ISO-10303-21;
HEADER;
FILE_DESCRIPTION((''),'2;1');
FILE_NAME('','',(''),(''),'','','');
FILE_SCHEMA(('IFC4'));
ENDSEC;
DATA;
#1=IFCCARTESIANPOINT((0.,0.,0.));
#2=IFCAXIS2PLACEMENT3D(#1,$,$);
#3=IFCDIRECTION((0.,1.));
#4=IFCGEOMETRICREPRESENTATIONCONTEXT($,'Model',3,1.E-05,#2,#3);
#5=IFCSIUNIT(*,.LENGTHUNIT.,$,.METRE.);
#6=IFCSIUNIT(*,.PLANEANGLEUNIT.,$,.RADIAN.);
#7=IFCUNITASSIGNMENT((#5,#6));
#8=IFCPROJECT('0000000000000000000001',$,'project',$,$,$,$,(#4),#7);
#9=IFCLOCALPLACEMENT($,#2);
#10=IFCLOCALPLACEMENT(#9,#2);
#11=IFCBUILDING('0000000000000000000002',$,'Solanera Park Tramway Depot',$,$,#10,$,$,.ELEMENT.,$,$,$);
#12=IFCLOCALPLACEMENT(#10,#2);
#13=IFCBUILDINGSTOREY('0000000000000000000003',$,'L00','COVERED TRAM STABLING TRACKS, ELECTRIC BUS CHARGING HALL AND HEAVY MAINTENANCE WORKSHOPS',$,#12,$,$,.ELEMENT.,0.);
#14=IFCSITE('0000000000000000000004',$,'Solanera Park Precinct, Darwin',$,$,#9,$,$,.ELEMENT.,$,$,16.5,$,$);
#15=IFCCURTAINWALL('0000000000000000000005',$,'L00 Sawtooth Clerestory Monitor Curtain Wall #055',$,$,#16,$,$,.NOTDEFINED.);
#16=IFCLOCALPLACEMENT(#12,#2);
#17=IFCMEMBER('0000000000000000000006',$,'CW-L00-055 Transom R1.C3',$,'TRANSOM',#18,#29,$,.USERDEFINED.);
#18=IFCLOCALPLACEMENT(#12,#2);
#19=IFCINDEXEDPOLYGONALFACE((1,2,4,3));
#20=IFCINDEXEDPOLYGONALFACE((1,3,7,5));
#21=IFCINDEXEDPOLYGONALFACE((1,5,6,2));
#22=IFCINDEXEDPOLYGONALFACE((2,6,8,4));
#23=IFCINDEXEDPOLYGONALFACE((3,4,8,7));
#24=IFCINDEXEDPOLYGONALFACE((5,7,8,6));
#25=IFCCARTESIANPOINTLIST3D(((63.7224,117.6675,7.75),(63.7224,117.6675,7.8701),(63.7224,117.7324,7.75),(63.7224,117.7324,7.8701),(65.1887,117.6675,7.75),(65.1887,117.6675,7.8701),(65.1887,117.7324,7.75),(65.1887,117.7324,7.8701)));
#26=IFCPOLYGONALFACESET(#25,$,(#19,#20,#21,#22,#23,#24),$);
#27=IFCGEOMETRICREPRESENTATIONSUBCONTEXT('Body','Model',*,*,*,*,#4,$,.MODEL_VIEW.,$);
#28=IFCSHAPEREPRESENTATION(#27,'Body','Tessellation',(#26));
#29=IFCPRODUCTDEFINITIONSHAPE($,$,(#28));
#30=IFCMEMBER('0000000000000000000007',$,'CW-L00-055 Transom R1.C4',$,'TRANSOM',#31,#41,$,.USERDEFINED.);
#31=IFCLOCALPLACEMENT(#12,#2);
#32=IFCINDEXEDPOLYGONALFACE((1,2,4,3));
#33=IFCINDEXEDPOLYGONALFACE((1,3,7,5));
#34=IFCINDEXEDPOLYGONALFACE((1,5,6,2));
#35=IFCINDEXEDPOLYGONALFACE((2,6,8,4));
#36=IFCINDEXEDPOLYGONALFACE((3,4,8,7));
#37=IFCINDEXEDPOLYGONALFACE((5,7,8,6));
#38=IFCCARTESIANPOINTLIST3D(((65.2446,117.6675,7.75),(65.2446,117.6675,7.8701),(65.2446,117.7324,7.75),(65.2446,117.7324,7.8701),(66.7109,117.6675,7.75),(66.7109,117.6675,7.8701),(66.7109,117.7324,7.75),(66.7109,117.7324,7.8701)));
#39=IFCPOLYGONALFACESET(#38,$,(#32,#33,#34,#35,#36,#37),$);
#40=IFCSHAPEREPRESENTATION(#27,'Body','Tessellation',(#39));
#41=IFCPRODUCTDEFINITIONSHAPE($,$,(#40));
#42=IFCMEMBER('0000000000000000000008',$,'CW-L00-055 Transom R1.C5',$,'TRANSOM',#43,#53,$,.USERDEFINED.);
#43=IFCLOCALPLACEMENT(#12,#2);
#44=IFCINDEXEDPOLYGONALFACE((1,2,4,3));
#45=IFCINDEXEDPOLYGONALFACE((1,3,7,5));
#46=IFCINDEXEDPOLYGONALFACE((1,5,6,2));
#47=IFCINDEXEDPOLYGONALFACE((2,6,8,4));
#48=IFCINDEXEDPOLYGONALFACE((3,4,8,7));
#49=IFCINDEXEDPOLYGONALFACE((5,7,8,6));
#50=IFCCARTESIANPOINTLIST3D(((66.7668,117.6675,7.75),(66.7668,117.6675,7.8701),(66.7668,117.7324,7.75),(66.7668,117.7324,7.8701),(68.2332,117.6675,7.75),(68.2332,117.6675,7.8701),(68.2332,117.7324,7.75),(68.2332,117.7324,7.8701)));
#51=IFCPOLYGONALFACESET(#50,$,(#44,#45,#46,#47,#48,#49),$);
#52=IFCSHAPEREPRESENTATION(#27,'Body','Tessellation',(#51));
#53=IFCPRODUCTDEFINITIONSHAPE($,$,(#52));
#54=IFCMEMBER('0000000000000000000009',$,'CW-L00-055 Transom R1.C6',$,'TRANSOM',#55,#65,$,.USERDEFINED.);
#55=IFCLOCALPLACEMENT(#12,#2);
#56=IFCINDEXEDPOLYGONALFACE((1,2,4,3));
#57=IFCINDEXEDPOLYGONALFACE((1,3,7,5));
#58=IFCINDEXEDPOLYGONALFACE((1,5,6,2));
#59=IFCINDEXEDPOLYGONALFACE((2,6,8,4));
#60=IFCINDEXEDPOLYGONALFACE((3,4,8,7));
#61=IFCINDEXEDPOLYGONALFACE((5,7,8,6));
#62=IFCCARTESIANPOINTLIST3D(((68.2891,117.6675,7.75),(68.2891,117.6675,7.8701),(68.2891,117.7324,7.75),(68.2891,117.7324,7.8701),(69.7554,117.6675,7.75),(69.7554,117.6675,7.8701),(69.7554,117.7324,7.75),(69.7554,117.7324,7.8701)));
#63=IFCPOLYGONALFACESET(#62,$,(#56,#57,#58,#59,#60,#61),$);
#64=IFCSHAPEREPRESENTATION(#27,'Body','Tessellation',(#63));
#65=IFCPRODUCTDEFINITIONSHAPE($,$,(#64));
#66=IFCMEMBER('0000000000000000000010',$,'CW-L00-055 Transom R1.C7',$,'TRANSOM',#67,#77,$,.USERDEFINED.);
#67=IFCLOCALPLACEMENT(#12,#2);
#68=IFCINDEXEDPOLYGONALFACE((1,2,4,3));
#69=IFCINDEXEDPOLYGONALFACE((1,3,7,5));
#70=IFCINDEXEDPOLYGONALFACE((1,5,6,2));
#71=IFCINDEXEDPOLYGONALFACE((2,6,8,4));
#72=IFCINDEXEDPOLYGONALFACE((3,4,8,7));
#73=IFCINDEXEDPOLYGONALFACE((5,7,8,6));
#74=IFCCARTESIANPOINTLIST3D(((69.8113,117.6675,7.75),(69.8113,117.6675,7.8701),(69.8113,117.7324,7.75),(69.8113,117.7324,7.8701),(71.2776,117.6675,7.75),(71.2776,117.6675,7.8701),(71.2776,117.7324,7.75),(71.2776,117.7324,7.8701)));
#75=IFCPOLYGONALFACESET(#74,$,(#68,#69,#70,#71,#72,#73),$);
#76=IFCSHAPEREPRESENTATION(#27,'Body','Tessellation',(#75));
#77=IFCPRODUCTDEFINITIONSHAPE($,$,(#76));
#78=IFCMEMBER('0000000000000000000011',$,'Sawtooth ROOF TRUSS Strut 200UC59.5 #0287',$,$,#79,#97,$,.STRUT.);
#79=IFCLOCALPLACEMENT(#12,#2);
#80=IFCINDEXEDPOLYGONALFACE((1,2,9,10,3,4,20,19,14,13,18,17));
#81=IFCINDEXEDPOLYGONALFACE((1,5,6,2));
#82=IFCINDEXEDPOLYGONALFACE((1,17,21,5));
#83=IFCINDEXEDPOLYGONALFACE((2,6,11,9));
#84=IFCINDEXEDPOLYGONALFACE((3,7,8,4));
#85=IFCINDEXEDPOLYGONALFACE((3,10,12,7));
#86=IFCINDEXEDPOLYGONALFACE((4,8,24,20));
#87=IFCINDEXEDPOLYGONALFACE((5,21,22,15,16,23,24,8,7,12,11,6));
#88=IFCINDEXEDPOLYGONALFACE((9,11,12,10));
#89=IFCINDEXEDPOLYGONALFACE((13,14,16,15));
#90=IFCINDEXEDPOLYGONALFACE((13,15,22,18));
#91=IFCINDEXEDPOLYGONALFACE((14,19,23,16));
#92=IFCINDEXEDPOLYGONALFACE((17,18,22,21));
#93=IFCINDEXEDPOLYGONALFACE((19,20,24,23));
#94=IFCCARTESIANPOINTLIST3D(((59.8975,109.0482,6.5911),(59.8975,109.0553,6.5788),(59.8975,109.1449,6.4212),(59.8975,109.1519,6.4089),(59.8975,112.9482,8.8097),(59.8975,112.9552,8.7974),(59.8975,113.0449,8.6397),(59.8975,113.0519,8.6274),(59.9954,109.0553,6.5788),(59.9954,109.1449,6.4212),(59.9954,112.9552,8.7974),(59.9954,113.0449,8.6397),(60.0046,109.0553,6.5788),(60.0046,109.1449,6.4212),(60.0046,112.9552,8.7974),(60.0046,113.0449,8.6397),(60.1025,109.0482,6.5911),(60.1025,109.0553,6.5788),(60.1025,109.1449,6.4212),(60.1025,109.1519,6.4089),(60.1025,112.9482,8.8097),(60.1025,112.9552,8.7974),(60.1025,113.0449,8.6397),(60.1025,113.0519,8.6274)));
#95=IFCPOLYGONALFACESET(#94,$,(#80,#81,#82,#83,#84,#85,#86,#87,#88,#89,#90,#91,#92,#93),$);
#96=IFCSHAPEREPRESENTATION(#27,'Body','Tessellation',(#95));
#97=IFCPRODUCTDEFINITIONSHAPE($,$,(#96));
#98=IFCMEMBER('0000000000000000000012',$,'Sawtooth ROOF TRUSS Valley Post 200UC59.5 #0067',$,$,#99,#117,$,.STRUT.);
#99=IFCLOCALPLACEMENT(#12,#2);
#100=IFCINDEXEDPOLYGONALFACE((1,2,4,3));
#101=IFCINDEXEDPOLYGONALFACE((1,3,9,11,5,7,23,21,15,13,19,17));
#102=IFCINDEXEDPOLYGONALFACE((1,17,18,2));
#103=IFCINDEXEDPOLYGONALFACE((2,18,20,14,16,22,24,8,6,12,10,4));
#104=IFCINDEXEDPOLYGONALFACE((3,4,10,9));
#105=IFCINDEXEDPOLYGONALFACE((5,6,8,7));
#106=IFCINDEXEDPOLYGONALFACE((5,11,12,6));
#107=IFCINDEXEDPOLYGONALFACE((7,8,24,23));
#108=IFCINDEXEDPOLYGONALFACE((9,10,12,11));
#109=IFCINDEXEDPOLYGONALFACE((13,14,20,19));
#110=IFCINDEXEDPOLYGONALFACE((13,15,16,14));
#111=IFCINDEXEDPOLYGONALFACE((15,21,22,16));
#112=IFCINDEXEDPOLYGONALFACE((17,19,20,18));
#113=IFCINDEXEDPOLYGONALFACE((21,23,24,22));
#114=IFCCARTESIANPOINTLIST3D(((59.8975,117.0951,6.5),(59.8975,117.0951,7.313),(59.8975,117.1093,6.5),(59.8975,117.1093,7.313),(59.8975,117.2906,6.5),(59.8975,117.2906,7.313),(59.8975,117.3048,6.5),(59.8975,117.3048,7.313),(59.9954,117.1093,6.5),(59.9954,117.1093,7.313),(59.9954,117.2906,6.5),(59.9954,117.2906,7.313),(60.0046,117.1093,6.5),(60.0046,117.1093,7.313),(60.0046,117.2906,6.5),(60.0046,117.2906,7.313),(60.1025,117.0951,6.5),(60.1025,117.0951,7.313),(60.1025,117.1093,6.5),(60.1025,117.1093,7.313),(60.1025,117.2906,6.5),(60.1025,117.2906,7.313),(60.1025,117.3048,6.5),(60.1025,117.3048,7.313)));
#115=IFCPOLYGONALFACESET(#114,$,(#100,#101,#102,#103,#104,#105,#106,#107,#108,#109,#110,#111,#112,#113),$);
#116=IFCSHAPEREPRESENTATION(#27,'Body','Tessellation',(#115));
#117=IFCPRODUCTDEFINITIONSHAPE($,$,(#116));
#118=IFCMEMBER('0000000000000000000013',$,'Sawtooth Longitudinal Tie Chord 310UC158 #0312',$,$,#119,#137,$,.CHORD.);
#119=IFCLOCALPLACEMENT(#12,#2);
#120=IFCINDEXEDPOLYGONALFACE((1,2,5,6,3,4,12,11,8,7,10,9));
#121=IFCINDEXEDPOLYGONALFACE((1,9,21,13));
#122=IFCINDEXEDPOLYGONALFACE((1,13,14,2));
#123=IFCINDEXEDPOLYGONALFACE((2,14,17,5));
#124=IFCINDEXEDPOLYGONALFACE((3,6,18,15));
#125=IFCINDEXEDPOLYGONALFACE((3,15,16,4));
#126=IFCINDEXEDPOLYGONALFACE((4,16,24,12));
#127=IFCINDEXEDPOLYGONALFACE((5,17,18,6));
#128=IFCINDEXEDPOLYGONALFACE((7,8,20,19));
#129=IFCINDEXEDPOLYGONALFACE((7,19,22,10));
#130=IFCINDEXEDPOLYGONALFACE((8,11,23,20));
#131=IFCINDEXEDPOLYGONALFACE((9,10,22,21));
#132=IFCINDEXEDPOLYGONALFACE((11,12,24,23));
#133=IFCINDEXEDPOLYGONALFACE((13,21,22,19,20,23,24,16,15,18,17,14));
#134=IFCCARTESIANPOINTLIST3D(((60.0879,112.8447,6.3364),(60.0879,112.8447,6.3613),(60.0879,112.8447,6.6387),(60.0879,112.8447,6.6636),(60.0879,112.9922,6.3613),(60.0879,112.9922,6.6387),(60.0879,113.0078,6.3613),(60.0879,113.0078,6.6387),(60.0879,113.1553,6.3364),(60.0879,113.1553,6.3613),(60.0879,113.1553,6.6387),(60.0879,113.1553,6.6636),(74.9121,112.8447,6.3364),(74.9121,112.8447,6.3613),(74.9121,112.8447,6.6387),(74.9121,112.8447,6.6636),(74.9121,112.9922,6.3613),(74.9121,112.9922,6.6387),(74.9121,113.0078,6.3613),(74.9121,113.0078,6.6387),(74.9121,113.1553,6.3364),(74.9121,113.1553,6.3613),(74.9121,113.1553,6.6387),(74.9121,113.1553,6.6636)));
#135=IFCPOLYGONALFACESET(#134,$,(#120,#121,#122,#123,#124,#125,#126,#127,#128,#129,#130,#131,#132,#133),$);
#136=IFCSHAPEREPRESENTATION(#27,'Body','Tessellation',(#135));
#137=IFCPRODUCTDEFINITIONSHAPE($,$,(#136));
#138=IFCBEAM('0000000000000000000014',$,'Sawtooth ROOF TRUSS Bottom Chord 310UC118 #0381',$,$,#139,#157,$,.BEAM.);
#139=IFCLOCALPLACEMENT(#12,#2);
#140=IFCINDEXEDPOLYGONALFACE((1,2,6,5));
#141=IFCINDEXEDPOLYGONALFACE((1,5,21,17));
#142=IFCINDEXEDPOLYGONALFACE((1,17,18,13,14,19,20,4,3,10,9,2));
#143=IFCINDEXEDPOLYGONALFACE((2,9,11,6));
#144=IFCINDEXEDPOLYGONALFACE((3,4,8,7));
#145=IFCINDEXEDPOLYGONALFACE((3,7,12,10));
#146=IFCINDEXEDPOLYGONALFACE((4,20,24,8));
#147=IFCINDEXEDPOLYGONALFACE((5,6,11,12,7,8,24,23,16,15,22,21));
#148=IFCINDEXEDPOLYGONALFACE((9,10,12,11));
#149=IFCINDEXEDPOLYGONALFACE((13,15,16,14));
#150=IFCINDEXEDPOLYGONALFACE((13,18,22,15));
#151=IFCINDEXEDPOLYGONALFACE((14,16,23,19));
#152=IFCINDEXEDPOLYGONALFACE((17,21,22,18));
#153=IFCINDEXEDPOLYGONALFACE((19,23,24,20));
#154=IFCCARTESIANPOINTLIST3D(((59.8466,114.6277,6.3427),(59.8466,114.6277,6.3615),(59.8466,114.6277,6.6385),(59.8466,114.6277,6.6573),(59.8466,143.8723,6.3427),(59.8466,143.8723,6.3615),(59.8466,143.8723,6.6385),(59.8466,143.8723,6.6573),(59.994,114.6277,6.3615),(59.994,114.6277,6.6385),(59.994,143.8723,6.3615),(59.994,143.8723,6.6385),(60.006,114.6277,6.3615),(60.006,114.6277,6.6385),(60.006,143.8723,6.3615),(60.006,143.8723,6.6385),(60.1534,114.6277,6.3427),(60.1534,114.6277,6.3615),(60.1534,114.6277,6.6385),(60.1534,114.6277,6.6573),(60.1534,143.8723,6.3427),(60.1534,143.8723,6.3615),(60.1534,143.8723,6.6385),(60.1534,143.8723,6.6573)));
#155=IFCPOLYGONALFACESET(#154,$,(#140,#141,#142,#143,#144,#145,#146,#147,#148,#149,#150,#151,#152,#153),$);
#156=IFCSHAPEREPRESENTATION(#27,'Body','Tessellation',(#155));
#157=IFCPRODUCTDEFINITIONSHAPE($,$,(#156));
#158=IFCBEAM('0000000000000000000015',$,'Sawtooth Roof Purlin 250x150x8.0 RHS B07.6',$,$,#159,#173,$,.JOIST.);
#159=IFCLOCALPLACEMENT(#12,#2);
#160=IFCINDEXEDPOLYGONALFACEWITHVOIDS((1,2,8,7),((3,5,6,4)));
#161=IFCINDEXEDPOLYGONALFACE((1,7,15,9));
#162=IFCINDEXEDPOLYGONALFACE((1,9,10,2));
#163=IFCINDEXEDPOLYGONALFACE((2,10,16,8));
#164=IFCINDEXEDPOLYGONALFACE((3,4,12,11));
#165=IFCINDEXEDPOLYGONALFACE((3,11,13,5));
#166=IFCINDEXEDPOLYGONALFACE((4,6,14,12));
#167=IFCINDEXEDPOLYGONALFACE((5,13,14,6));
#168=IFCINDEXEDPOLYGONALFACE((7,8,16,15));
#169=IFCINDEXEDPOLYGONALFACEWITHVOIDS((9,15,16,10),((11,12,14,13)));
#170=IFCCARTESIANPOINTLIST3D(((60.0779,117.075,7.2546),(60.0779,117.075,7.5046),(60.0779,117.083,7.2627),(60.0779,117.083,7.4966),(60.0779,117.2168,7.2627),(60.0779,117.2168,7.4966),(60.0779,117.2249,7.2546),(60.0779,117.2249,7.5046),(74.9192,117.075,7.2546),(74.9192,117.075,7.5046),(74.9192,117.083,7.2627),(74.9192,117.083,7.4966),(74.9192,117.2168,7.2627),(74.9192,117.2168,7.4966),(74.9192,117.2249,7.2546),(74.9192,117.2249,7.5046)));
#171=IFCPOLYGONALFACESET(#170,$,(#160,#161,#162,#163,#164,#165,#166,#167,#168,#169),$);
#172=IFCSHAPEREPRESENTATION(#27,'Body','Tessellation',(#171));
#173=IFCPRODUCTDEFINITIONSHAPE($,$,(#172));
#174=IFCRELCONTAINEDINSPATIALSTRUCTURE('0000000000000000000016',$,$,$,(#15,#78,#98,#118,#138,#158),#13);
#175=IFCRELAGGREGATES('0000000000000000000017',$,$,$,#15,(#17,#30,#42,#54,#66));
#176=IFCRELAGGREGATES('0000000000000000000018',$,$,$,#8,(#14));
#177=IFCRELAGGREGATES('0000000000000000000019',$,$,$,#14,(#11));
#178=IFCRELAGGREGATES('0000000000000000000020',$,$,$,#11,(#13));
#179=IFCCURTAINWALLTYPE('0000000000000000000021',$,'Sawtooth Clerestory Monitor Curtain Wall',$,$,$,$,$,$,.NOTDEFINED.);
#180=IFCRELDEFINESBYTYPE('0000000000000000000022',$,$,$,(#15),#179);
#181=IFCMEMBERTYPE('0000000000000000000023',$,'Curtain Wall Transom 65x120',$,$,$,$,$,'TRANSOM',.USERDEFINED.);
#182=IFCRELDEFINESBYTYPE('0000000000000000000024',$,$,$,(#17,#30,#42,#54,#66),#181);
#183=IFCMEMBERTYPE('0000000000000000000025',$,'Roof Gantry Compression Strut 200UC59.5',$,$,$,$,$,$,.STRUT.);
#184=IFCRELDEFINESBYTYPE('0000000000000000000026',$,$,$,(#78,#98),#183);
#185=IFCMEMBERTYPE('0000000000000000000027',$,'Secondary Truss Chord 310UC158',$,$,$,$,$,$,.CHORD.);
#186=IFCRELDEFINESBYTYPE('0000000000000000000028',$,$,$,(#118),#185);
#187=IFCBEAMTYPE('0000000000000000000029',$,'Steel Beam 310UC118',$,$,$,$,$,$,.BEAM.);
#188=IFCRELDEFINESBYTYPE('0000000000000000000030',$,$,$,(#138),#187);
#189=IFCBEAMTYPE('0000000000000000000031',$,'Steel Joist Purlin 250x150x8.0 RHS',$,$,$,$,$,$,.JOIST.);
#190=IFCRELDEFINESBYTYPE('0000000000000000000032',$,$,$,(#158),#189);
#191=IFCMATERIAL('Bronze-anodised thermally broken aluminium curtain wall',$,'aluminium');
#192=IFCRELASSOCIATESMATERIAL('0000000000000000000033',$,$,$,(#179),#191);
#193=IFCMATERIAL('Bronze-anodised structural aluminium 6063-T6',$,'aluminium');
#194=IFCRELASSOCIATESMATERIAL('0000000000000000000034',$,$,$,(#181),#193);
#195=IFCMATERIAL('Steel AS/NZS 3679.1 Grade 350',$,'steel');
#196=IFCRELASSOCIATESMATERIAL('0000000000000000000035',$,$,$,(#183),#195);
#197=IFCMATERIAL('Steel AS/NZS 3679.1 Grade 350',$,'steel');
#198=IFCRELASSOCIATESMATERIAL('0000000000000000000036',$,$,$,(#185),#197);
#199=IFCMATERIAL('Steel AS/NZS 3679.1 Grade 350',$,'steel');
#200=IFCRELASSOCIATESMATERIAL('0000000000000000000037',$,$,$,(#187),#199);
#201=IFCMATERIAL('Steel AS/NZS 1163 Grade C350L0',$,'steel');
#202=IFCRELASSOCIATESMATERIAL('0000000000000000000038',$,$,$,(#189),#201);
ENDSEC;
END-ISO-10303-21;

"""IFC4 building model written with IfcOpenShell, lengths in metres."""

from ifc_helpers import new_model, si_unit, direction, frame, origin, origin_2d, place, context, subcontext, project, spatial, rectangle, hollow_rectangle, i_section, extrude, material, material_profile, profile_set, type_object, element, aggregate, save


model = new_model("IFC4")

# Units and contexts
model_context = context("Model", 3, precision=1e-05, world=origin(), true_north=direction((0.0, 1.0)))
body_context = subcontext(model_context, "Body", "Model", "MODEL_VIEW")
ifc_project = project(units=[si_unit("LENGTHUNIT", "METRE"), si_unit("PLANEANGLEUNIT", "RADIAN")], contexts=[model_context])

# Site, building, storey
site_placement = place(None, origin())
site = spatial("IfcSite", under=ifc_project, at=site_placement, Name="Solanera Park Precinct, Darwin", CompositionType="ELEMENT", RefElevation=16.5)
building_placement = place(site_placement, origin())
building = spatial("IfcBuilding", under=site, at=building_placement, Name="Solanera Park Tramway Depot", CompositionType="ELEMENT")
storey_placement = place(building_placement, origin())
storey = spatial("IfcBuildingStorey", under=building, at=storey_placement, Name="L00", Description="COVERED TRAM STABLING TRACKS, ELECTRIC BUS CHARGING HALL AND HEAVY MAINTENANCE WORKSHOPS", CompositionType="ELEMENT", Elevation=0.0)

# Curtain wall, members
ifc_material_1 = material(Name="Bronze-anodised thermally broken aluminium curtain wall", Category="aluminium")
curtain_wall_type = type_object("IfcCurtainWallType", Name="Sawtooth Clerestory Monitor Curtain Wall", PredefinedType="NOTDEFINED", material=ifc_material_1)
curtain_wall_placement = place(storey_placement, origin())
curtain_wall = element("IfcCurtainWall", 1, at=curtain_wall_placement, inside=storey, type_object=curtain_wall_type, Name="L00 Sawtooth Clerestory Monitor Curtain Wall #055", PredefinedType="NOTDEFINED")
ifc_material_2 = material(Name="Bronze-anodised structural aluminium 6063-T6", Category="aluminium")
ifc_material_profile_1 = material_profile(ifc_material_2, rectangle(XDim=0.0649, YDim=0.1201, at=origin_2d()), Name="Curtain Wall Transom 65x120")
ifc_profile_set_1 = profile_set([ifc_material_profile_1], Name="Bronze-anodised structural aluminium 6063-T6")
member_type_1 = type_object("IfcMemberType", Name="Curtain Wall Transom 65x120", ElementType="TRANSOM", PredefinedType="USERDEFINED", material=ifc_profile_set_1)
member_1_placement = place(storey_placement, frame((63.7224, 117.7, 7.8101), z_axis=(1.0, 0.0, 0.0), x_axis=(0.0, 1.0, 0.0)))
member_1 = element("IfcMember", 2, at=member_1_placement, type_object=member_type_1, Name="CW-L00-055 Transom R1.C3", ObjectType="TRANSOM", PredefinedType="USERDEFINED", context=body_context, shape_type="SweptSolid", body=[
    extrude(rectangle(XDim=0.0649, YDim=0.1201, at=origin_2d()), origin(), (0.0, 0.0, 1.0), 1.4663),
])
member_2_placement = place(storey_placement, frame((65.2446, 117.7, 7.8101), z_axis=(1.0, 0.0, 0.0), x_axis=(0.0, 1.0, 0.0)))
member_2 = element("IfcMember", 3, at=member_2_placement, type_object=member_type_1, Name="CW-L00-055 Transom R1.C4", ObjectType="TRANSOM", PredefinedType="USERDEFINED", context=body_context, shape_type="SweptSolid", body=[
    extrude(rectangle(XDim=0.0649, YDim=0.1201, at=origin_2d()), origin(), (0.0, 0.0, 1.0), 1.4663),
])
member_3_placement = place(storey_placement, frame((66.7668, 117.7, 7.8101), z_axis=(1.0, 0.0, 0.0), x_axis=(0.0, 1.0, 0.0)))
member_3 = element("IfcMember", 4, at=member_3_placement, type_object=member_type_1, Name="CW-L00-055 Transom R1.C5", ObjectType="TRANSOM", PredefinedType="USERDEFINED", context=body_context, shape_type="SweptSolid", body=[
    extrude(rectangle(XDim=0.0649, YDim=0.1201, at=origin_2d()), origin(), (0.0, 0.0, 1.0), 1.4663),
])
member_4_placement = place(storey_placement, frame((68.2891, 117.7, 7.8101), z_axis=(1.0, 0.0, 0.0), x_axis=(0.0, 1.0, 0.0)))
member_4 = element("IfcMember", 5, at=member_4_placement, type_object=member_type_1, Name="CW-L00-055 Transom R1.C6", ObjectType="TRANSOM", PredefinedType="USERDEFINED", context=body_context, shape_type="SweptSolid", body=[
    extrude(rectangle(XDim=0.0649, YDim=0.1201, at=origin_2d()), origin(), (0.0, 0.0, 1.0), 1.4663),
])
member_5_placement = place(storey_placement, frame((69.8113, 117.7, 7.8101), z_axis=(1.0, 0.0, 0.0), x_axis=(0.0, 1.0, 0.0)))
member_5 = element("IfcMember", 6, at=member_5_placement, type_object=member_type_1, Name="CW-L00-055 Transom R1.C7", ObjectType="TRANSOM", PredefinedType="USERDEFINED", context=body_context, shape_type="SweptSolid", body=[
    extrude(rectangle(XDim=0.0649, YDim=0.1201, at=origin_2d()), origin(), (0.0, 0.0, 1.0), 1.4663),
])

# Members
ifc_material_3 = material(Name="Steel AS/NZS 3679.1 Grade 350", Category="steel")
ifc_material_profile_2 = material_profile(ifc_material_3, i_section(OverallWidth=0.2051, OverallDepth=0.2097, WebThickness=0.0093, FlangeThickness=0.0142, at=origin_2d()), Name="200UC59.5")
ifc_profile_set_2 = profile_set([ifc_material_profile_2], Name="Steel AS/NZS 3679.1 Grade 350")
member_type_2 = type_object("IfcMemberType", Name="Roof Gantry Compression Strut 200UC59.5", PredefinedType="STRUT", material=ifc_profile_set_2)
member_6_placement = place(storey_placement, frame((60.0, 109.1001, 6.5), z_axis=(0.0, 0.869203, 0.494456), x_axis=(-1.0, 0.0, 0.0)))
element("IfcMember", 7, at=member_6_placement, inside=storey, type_object=member_type_2, Name="Sawtooth ROOF TRUSS Strut 200UC59.5 #0287", PredefinedType="STRUT", context=body_context, shape_type="SweptSolid", body=[
    extrude(i_section(OverallWidth=0.2051, OverallDepth=0.2097, WebThickness=0.0093, FlangeThickness=0.0142, at=origin_2d()), origin(), (0.0, 0.0, 1.0), 4.4868),
])
member_7_placement = place(storey_placement, frame((60.0, 117.2, 6.5), z_axis=(0.0, 0.0, 1.0), x_axis=(1.0, 0.0, 0.0)))
element("IfcMember", 8, at=member_7_placement, inside=storey, type_object=member_type_2, Name="Sawtooth ROOF TRUSS Valley Post 200UC59.5 #0067", PredefinedType="STRUT", context=body_context, shape_type="SweptSolid", body=[
    extrude(i_section(OverallWidth=0.2051, OverallDepth=0.2097, WebThickness=0.0093, FlangeThickness=0.0142, at=origin_2d()), origin(), (0.0, 0.0, 1.0), 0.813),
])
ifc_material_4 = material(Name="Steel AS/NZS 3679.1 Grade 350", Category="steel")
ifc_material_profile_3 = material_profile(ifc_material_4, i_section(OverallWidth=0.3105, OverallDepth=0.3271, WebThickness=0.0156, FlangeThickness=0.0249, at=origin_2d()), Name="310UC158")
ifc_profile_set_3 = profile_set([ifc_material_profile_3], Name="Steel AS/NZS 3679.1 Grade 350")
member_type_3 = type_object("IfcMemberType", Name="Secondary Truss Chord 310UC158", PredefinedType="CHORD", material=ifc_profile_set_3)
member_8_placement = place(storey_placement, frame((60.0879, 113.0, 6.5), z_axis=(1.0, 0.0, 0.0), x_axis=(0.0, 1.0, 0.0)))
element("IfcMember", 9, at=member_8_placement, inside=storey, type_object=member_type_3, Name="Sawtooth Longitudinal Tie Chord 310UC158 #0312", PredefinedType="CHORD", context=body_context, shape_type="SweptSolid", body=[
    extrude(i_section(OverallWidth=0.3105, OverallDepth=0.3271, WebThickness=0.0156, FlangeThickness=0.0249, at=origin_2d()), origin(), (0.0, 0.0, 1.0), 14.8242),
])

# Beams
ifc_material_5 = material(Name="Steel AS/NZS 3679.1 Grade 350", Category="steel")
ifc_material_profile_4 = material_profile(ifc_material_5, i_section(OverallWidth=0.3069, OverallDepth=0.3147, WebThickness=0.012, FlangeThickness=0.0188, at=origin_2d()), Name="310UC118")
ifc_profile_set_4 = profile_set([ifc_material_profile_4], Name="Steel AS/NZS 3679.1 Grade 350")
beam_type_1 = type_object("IfcBeamType", Name="Steel Beam 310UC118", PredefinedType="BEAM", material=ifc_profile_set_4)
beam_1_placement = place(storey_placement, frame((60.0, 114.6277, 6.5), z_axis=(0.0, 1.0, 0.0), x_axis=(-1.0, 0.0, 0.0)))
element("IfcBeam", 10, at=beam_1_placement, inside=storey, type_object=beam_type_1, Name="Sawtooth ROOF TRUSS Bottom Chord 310UC118 #0381", PredefinedType="BEAM", context=body_context, shape_type="SweptSolid", body=[
    extrude(i_section(OverallWidth=0.3069, OverallDepth=0.3147, WebThickness=0.012, FlangeThickness=0.0188, at=origin_2d()), origin(), (0.0, 0.0, 1.0), 29.2446),
])
ifc_material_6 = material(Name="Steel AS/NZS 1163 Grade C350L0", Category="steel")
ifc_material_profile_5 = material_profile(ifc_material_6, hollow_rectangle(XDim=0.1499, YDim=0.25, WallThickness=0.0081, at=origin_2d()), Name="250x150x8.0 RHS")
ifc_profile_set_5 = profile_set([ifc_material_profile_5], Name="Steel AS/NZS 1163 Grade C350L0")
beam_type_2 = type_object("IfcBeamType", Name="Steel Joist Purlin 250x150x8.0 RHS", PredefinedType="JOIST", material=ifc_profile_set_5)
beam_2_placement = place(storey_placement, frame((60.0779, 117.1499, 7.3796), z_axis=(1.0, 0.0, 0.0), x_axis=(0.0, 1.0, 0.0)))
element("IfcBeam", 11, at=beam_2_placement, inside=storey, type_object=beam_type_2, Name="Sawtooth Roof Purlin 250x150x8.0 RHS B07.6", PredefinedType="JOIST", context=body_context, shape_type="SweptSolid", body=[
    extrude(hollow_rectangle(XDim=0.1499, YDim=0.25, WallThickness=0.0081, at=origin_2d()), origin(), (0.0, 0.0, 1.0), 14.8413),
])

aggregate(curtain_wall, [member_1, member_2, member_3, member_4, member_5])

save(model, "model.ifc")
